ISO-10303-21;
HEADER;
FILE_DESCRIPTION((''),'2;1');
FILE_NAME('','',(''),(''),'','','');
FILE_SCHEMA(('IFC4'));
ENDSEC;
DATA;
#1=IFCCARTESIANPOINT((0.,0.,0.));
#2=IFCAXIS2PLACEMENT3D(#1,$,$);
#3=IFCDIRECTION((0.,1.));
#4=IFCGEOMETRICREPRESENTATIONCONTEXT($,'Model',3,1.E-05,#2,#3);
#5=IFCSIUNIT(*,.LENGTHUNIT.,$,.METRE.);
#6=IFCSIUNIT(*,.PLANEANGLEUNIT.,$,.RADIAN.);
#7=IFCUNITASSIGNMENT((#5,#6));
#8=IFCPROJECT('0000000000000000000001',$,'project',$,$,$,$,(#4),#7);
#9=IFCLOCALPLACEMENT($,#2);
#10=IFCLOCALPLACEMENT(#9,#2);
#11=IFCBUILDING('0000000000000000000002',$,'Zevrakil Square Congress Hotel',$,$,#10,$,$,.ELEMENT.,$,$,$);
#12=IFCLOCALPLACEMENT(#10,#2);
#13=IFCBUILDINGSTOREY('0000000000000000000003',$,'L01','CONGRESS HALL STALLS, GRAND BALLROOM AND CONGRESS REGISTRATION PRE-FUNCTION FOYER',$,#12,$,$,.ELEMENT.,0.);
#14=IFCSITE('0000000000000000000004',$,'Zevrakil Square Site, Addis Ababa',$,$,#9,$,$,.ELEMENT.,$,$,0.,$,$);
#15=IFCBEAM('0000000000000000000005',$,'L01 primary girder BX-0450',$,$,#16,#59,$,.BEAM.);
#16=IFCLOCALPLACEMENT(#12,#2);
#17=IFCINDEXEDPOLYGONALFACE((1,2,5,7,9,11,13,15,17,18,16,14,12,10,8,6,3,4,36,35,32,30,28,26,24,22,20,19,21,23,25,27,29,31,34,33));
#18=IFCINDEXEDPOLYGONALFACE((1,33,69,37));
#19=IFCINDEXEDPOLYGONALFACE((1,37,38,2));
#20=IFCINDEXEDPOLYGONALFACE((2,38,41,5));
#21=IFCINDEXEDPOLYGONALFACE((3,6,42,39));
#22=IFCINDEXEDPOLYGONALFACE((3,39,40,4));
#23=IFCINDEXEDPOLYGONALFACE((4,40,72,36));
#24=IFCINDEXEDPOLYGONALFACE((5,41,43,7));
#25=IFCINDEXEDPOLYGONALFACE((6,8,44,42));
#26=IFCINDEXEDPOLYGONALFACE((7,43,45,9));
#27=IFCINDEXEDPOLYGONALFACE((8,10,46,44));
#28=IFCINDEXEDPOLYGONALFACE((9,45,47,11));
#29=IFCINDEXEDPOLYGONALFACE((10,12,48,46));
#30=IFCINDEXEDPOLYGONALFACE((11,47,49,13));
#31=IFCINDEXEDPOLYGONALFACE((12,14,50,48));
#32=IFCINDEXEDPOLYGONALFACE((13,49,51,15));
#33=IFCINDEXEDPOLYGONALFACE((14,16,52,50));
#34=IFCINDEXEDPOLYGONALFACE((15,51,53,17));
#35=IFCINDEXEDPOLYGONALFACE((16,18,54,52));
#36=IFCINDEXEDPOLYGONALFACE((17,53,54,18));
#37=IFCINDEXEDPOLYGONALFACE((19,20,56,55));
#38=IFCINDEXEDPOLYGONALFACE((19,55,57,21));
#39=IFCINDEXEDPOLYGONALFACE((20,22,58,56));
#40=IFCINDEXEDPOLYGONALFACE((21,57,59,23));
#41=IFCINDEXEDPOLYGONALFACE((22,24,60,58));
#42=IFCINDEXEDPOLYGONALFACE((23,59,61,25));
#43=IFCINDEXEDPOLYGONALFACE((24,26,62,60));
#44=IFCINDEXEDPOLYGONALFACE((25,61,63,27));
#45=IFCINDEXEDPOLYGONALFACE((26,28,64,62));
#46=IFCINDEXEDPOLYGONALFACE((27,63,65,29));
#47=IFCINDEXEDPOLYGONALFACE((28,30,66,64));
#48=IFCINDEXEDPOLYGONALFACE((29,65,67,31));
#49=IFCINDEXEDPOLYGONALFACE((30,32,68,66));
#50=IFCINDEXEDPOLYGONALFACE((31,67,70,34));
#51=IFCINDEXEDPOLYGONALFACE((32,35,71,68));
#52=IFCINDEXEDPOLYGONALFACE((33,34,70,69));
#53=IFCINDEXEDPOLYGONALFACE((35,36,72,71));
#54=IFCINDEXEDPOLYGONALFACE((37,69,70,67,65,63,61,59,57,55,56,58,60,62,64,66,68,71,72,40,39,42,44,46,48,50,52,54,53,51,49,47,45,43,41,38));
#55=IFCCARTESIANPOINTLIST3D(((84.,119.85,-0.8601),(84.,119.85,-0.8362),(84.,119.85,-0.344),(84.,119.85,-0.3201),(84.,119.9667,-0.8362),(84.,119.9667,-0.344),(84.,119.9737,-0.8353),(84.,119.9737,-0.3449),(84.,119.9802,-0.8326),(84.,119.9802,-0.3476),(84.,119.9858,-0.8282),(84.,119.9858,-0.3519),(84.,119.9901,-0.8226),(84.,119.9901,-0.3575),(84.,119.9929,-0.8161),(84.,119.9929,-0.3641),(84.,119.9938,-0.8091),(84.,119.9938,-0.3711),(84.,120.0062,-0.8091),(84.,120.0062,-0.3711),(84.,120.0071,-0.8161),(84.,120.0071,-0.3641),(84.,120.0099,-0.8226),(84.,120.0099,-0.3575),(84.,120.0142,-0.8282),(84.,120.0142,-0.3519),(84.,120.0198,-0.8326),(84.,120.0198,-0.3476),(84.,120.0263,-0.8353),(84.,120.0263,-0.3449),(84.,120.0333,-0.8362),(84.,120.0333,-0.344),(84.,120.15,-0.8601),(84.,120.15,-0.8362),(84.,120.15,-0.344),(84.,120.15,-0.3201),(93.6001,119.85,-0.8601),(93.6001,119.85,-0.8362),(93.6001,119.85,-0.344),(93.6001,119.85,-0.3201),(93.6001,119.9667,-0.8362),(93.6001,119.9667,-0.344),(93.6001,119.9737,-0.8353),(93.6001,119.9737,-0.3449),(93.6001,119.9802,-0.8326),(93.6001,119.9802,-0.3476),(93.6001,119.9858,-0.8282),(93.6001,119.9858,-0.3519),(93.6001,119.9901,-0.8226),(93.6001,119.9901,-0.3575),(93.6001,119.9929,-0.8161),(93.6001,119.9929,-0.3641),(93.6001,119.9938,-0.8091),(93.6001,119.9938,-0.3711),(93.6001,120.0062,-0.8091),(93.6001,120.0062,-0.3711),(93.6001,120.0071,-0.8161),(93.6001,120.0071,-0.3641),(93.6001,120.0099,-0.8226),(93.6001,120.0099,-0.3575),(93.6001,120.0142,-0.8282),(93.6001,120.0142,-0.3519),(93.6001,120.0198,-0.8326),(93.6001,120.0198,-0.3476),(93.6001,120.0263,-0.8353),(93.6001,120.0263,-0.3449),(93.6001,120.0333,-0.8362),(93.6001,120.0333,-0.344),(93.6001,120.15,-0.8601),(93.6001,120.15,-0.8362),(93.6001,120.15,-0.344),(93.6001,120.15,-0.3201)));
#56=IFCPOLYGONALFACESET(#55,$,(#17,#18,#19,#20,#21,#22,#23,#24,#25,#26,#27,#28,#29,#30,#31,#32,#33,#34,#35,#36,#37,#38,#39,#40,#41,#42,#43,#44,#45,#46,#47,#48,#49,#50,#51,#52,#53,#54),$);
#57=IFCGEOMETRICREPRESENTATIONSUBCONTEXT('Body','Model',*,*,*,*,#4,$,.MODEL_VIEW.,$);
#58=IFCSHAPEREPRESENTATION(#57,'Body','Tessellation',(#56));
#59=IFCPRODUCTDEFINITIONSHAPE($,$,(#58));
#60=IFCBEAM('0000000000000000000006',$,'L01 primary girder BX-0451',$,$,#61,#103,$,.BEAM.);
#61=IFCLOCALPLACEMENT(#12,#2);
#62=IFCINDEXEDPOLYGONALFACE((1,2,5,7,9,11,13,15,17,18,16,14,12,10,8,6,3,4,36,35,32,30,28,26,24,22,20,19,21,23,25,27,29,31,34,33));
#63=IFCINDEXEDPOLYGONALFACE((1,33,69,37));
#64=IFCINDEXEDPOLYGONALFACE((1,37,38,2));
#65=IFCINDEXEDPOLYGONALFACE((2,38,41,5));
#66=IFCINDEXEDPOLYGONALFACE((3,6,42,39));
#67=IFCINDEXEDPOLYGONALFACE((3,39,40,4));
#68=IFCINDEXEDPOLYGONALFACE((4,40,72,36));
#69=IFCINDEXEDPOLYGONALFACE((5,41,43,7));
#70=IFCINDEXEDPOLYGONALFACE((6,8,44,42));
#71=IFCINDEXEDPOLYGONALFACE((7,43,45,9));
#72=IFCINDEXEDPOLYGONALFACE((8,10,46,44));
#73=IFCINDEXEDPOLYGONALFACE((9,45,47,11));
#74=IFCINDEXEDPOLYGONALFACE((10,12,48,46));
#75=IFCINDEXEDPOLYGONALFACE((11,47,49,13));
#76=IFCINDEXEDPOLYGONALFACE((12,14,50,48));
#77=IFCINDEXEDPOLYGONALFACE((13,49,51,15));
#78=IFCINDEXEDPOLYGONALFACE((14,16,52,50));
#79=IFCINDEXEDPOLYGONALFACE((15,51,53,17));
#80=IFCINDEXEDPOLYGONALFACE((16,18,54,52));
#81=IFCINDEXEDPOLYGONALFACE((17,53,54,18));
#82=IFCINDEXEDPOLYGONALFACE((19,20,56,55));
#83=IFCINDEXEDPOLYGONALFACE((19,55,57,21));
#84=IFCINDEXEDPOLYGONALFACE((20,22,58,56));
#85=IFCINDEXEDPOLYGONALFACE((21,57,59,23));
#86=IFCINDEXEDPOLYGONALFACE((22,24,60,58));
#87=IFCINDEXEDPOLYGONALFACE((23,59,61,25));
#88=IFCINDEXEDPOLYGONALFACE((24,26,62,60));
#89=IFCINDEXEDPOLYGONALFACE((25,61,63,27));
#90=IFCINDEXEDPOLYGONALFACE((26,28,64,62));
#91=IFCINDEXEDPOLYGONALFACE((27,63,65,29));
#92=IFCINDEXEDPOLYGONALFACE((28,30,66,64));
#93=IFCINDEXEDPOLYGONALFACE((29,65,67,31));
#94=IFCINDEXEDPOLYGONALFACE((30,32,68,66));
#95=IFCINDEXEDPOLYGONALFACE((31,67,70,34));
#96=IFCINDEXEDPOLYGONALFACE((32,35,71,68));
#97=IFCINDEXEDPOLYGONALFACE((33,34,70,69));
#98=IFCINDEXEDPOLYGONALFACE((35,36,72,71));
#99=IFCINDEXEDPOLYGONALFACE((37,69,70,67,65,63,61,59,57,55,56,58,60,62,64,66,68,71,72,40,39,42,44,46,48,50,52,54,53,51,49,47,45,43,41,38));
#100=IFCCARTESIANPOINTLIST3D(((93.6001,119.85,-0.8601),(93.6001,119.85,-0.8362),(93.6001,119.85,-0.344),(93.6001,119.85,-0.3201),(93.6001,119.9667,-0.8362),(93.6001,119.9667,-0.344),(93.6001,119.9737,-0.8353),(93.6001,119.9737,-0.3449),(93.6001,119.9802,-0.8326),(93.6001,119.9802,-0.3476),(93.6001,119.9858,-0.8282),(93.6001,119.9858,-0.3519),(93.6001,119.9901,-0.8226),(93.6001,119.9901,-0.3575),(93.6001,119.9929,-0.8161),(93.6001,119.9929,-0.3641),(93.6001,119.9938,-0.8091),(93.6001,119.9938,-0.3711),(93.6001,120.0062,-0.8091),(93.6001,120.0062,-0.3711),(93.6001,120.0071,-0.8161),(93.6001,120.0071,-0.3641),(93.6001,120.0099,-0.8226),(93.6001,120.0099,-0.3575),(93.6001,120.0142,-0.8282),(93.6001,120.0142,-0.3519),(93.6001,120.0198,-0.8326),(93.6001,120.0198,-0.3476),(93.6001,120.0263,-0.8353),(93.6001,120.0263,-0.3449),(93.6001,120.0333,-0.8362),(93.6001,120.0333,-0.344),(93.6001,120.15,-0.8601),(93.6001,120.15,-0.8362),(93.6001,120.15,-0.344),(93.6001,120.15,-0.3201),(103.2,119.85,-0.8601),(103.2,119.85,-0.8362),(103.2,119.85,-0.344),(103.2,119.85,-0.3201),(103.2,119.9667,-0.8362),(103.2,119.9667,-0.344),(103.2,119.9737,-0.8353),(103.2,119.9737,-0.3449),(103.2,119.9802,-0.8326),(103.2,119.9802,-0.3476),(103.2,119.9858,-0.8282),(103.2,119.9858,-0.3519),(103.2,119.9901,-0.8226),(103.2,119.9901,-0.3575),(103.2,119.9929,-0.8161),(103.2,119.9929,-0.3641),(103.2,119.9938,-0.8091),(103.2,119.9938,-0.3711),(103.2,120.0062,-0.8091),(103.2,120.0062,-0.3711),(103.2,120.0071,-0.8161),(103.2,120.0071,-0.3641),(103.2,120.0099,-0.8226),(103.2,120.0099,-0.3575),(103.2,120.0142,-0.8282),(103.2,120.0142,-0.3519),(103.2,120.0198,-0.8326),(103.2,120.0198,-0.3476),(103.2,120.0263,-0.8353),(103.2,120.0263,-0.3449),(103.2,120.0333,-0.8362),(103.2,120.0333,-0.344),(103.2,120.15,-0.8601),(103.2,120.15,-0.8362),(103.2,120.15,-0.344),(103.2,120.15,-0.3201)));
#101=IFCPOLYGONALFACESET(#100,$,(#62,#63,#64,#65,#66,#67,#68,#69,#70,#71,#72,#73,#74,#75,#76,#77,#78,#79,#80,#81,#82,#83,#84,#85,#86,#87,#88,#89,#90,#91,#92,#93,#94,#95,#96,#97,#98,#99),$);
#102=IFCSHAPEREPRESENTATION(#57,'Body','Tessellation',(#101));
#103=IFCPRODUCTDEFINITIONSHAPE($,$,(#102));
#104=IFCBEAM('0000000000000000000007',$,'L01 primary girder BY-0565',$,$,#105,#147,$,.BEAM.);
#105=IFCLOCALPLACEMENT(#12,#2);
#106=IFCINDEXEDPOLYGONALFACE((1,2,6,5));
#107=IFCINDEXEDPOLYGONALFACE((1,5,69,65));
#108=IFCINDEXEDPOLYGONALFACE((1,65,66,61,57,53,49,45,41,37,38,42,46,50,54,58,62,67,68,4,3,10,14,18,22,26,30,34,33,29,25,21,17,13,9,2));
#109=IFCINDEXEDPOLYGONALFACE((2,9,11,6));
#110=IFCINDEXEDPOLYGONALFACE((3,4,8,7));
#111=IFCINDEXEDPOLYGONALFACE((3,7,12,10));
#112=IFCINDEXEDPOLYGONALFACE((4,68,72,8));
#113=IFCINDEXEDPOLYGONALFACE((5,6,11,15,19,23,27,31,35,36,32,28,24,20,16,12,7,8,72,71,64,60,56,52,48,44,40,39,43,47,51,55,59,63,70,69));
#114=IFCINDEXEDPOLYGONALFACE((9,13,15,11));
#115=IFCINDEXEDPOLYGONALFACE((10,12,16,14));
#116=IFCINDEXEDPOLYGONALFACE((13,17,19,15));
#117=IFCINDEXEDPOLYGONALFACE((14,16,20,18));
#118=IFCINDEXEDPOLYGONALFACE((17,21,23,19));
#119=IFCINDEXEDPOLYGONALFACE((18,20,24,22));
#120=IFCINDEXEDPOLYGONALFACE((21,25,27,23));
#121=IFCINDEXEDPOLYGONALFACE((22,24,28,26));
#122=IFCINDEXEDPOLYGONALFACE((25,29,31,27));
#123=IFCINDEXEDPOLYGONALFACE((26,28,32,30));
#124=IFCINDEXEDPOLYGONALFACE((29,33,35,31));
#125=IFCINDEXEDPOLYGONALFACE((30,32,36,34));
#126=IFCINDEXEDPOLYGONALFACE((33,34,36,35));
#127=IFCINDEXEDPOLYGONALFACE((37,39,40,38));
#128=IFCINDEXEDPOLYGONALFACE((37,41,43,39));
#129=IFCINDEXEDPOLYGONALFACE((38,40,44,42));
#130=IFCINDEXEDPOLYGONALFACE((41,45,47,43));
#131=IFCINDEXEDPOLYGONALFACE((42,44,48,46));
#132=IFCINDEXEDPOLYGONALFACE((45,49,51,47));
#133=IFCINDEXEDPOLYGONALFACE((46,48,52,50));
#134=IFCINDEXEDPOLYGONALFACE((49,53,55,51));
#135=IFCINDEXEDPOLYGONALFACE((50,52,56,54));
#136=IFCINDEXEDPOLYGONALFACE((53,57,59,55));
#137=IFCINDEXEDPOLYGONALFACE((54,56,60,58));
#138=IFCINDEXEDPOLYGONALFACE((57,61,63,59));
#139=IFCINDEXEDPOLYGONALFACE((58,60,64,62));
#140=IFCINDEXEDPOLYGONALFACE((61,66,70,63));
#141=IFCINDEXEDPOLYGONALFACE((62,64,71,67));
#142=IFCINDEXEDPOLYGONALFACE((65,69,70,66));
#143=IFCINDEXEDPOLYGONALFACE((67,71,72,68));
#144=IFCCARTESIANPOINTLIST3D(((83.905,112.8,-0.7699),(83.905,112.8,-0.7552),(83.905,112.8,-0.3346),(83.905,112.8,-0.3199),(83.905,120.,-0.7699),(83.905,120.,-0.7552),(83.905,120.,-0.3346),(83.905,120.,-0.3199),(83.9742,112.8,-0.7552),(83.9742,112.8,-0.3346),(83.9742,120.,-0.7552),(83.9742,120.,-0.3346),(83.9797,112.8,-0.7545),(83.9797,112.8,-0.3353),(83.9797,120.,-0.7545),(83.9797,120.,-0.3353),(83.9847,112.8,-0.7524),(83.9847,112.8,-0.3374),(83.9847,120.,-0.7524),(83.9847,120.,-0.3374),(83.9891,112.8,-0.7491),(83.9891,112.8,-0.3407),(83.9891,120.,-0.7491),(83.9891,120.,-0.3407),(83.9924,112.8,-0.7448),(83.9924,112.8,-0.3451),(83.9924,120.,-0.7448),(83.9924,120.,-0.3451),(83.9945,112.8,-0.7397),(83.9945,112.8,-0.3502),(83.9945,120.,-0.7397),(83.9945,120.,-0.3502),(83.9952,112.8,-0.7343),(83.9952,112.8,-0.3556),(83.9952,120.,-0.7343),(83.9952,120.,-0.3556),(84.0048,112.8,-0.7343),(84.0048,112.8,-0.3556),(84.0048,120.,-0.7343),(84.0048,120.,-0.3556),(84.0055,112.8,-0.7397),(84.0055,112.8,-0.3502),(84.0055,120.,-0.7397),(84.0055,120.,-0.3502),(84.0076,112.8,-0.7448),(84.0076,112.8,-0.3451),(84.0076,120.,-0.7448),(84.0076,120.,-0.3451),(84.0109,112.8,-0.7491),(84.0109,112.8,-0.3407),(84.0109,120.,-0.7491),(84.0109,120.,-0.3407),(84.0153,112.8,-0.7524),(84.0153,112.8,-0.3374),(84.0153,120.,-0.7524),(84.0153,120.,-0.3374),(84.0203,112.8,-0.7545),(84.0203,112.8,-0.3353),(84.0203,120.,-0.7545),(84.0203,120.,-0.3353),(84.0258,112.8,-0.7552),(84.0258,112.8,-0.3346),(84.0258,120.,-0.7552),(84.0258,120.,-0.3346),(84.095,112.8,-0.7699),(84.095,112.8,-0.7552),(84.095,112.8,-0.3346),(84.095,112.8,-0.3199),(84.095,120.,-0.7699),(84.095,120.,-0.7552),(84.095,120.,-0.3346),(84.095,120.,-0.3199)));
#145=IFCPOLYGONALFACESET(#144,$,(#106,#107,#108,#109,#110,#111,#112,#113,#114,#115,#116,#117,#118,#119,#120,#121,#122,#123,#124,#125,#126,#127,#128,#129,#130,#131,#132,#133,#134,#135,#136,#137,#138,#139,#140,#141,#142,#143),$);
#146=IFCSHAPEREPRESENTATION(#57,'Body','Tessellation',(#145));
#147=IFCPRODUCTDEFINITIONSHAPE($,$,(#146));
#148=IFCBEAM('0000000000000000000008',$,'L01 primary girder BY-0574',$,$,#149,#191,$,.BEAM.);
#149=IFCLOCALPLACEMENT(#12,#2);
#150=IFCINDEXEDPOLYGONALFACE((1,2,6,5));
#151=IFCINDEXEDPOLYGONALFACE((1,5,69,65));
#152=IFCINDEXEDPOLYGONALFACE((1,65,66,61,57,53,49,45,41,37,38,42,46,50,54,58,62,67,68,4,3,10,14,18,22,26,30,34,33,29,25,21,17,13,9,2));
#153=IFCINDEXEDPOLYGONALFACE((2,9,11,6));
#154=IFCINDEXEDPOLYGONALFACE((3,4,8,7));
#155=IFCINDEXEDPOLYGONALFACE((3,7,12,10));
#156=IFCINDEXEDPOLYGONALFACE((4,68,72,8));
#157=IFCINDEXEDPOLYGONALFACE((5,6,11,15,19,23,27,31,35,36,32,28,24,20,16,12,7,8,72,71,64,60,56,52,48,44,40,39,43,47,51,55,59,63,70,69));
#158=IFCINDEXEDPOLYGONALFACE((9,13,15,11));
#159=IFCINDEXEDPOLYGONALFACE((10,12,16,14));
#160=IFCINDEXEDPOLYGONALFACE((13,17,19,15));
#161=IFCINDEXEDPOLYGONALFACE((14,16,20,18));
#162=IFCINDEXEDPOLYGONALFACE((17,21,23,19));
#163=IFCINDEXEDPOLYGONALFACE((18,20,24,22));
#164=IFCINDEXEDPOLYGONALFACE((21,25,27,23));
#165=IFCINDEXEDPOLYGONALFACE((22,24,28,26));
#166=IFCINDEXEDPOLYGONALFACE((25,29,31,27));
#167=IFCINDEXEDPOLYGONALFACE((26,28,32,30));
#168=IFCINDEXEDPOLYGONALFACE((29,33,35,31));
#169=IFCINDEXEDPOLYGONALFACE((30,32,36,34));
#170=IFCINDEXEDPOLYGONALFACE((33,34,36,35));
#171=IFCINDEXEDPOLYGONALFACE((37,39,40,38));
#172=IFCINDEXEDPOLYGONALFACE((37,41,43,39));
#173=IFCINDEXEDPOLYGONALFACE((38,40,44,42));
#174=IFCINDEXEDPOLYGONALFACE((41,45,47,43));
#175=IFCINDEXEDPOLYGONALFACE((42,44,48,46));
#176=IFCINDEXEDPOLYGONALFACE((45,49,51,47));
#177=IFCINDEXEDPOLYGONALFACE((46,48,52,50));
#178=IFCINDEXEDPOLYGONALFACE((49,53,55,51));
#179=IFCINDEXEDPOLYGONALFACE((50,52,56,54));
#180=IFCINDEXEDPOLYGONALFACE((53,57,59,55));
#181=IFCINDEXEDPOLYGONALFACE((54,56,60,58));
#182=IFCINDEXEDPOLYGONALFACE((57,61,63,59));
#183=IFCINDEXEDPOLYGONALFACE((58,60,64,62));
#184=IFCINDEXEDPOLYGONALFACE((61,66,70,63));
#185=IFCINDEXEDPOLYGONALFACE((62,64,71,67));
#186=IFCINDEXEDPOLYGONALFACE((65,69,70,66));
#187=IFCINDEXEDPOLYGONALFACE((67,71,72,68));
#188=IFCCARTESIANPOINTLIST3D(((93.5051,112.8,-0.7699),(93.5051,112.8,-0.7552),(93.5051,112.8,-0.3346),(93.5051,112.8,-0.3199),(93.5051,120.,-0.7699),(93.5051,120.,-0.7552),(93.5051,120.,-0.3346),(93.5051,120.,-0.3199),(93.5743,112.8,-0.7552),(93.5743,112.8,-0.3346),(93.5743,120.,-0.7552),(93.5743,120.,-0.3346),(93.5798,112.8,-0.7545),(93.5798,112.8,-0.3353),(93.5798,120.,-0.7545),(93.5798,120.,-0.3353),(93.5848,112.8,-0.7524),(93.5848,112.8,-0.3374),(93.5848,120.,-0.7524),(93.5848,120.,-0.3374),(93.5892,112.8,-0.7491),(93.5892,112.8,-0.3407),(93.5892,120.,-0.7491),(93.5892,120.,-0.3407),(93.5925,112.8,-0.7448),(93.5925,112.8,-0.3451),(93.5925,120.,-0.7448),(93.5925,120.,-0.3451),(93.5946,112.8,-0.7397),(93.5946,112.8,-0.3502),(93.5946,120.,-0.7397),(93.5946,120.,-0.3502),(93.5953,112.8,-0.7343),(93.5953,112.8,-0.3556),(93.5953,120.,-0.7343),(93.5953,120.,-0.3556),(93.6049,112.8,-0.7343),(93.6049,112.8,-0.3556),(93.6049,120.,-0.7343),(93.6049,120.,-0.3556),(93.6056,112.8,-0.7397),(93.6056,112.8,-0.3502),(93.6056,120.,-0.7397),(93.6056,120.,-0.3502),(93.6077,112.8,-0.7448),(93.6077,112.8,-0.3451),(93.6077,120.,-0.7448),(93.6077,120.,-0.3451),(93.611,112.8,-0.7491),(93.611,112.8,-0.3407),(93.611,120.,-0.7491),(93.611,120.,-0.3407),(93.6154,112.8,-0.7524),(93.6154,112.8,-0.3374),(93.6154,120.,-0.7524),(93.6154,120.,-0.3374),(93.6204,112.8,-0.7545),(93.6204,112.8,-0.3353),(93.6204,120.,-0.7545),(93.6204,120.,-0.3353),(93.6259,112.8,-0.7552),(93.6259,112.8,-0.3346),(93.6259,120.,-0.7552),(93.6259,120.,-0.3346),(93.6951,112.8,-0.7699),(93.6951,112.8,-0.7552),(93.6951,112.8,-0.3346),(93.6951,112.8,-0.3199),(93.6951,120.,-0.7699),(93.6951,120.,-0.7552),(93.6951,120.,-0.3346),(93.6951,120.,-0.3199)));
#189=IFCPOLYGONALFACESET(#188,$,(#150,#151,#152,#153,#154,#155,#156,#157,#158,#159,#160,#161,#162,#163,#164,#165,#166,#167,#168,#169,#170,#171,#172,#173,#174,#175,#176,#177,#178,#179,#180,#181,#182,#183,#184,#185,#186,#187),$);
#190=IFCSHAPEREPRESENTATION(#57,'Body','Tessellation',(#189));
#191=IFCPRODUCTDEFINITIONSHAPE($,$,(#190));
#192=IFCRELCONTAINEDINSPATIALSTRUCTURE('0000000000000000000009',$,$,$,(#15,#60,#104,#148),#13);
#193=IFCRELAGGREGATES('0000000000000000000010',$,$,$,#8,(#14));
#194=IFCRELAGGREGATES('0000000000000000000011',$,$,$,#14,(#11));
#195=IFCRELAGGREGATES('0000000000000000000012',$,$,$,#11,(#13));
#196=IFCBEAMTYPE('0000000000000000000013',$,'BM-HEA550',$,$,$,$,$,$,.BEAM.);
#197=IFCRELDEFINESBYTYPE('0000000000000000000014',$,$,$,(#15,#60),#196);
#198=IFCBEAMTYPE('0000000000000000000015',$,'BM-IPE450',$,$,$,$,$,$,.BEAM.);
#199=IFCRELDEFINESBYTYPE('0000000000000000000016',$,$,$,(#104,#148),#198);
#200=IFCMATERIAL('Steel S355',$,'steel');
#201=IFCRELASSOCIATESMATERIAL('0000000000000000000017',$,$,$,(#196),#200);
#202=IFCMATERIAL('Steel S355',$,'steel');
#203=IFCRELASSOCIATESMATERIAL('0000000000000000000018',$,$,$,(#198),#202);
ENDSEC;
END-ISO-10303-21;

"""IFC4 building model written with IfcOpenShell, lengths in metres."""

from ifc_helpers import new_model, si_unit, direction, frame, origin, origin_2d, place, context, subcontext, project, spatial, i_section, extrude, material, material_profile, profile_set, type_object, element, save


model = new_model("IFC4")

# Units and contexts
model_context = context("Model", 3, precision=1e-05, world=origin(), true_north=direction((0.0, 1.0)))
body_context = subcontext(model_context, "Body", "Model", "MODEL_VIEW")
ifc_project = project(units=[si_unit("LENGTHUNIT", "METRE"), si_unit("PLANEANGLEUNIT", "RADIAN")], contexts=[model_context])

# Site, building, storey
site_placement = place(None, origin())
site = spatial("IfcSite", under=ifc_project, at=site_placement, Name="Zevrakil Square Site, Addis Ababa", CompositionType="ELEMENT", RefElevation=0.0)
building_placement = place(site_placement, origin())
building = spatial("IfcBuilding", under=site, at=building_placement, Name="Zevrakil Square Congress Hotel", CompositionType="ELEMENT")
storey_placement = place(building_placement, origin())
storey = spatial("IfcBuildingStorey", under=building, at=storey_placement, Name="L01", Description="CONGRESS HALL STALLS, GRAND BALLROOM AND CONGRESS REGISTRATION PRE-FUNCTION FOYER", CompositionType="ELEMENT", Elevation=0.0)

# Beams
ifc_material_1 = material(Name="Steel S355", Category="steel")
ifc_material_profile_1 = material_profile(ifc_material_1, i_section(OverallWidth=0.3, OverallDepth=0.54, WebThickness=0.0125, FlangeThickness=0.0239, FilletRadius=0.0271, at=origin_2d()), Name="HEA 550")
ifc_profile_set_1 = profile_set([ifc_material_profile_1], Name="Steel S355")
beam_type_1 = type_object("IfcBeamType", Name="BM-HEA550", PredefinedType="BEAM", material=ifc_profile_set_1)
beam_1_placement = place(storey_placement, frame((84.0, 120.0, -0.5901), z_axis=(1.0, 0.0, 0.0), x_axis=(0.0, 1.0, 0.0)))
element("IfcBeam", 1, at=beam_1_placement, inside=storey, type_object=beam_type_1, Name="L01 primary girder BX-0450", PredefinedType="BEAM", context=body_context, shape_type="SweptSolid", body=[
    extrude(i_section(OverallWidth=0.3, OverallDepth=0.54, WebThickness=0.0125, FlangeThickness=0.0239, FilletRadius=0.0271, at=origin_2d()), origin(), (0.0, 0.0, 1.0), 9.6001),
])
beam_2_placement = place(storey_placement, frame((93.6001, 120.0, -0.5901), z_axis=(1.0, 0.0, 0.0), x_axis=(0.0, 1.0, 0.0)))
element("IfcBeam", 2, at=beam_2_placement, inside=storey, type_object=beam_type_1, Name="L01 primary girder BX-0451", PredefinedType="BEAM", context=body_context, shape_type="SweptSolid", body=[
    extrude(i_section(OverallWidth=0.3, OverallDepth=0.54, WebThickness=0.0125, FlangeThickness=0.0239, FilletRadius=0.0271, at=origin_2d()), origin(), (0.0, 0.0, 1.0), 9.5999),
])
ifc_material_2 = material(Name="Steel S355", Category="steel")
ifc_material_profile_2 = material_profile(ifc_material_2, i_section(OverallWidth=0.1899, OverallDepth=0.45, WebThickness=0.0095, FlangeThickness=0.0146, FilletRadius=0.021, at=origin_2d()), Name="IPE 450")
ifc_profile_set_2 = profile_set([ifc_material_profile_2], Name="Steel S355")
beam_type_2 = type_object("IfcBeamType", Name="BM-IPE450", PredefinedType="BEAM", material=ifc_profile_set_2)
for number, where, z_axis, x_axis, name in (
    (3, (84.0, 112.8, -0.5449), (0.0, 1.0, 0.0), (-1.0, 0.0, 0.0), "L01 primary girder BY-0565"),
    (4, (93.6001, 112.8, -0.5449), (0.0, 1.0, 0.0), (-1.0, 0.0, 0.0), "L01 primary girder BY-0574"),
):
    element("IfcBeam", number, at=place(storey_placement, frame(where, z_axis=z_axis, x_axis=x_axis)), inside=storey, type_object=beam_type_2, Name=name, PredefinedType="BEAM", context=body_context, shape_type="SweptSolid", body=[
        extrude(i_section(OverallWidth=0.1899, OverallDepth=0.45, WebThickness=0.0095, FlangeThickness=0.0146, FilletRadius=0.021, at=origin_2d()), origin(), (0.0, 0.0, 1.0), 7.2),
    ])

save(model, "model.ifc")
